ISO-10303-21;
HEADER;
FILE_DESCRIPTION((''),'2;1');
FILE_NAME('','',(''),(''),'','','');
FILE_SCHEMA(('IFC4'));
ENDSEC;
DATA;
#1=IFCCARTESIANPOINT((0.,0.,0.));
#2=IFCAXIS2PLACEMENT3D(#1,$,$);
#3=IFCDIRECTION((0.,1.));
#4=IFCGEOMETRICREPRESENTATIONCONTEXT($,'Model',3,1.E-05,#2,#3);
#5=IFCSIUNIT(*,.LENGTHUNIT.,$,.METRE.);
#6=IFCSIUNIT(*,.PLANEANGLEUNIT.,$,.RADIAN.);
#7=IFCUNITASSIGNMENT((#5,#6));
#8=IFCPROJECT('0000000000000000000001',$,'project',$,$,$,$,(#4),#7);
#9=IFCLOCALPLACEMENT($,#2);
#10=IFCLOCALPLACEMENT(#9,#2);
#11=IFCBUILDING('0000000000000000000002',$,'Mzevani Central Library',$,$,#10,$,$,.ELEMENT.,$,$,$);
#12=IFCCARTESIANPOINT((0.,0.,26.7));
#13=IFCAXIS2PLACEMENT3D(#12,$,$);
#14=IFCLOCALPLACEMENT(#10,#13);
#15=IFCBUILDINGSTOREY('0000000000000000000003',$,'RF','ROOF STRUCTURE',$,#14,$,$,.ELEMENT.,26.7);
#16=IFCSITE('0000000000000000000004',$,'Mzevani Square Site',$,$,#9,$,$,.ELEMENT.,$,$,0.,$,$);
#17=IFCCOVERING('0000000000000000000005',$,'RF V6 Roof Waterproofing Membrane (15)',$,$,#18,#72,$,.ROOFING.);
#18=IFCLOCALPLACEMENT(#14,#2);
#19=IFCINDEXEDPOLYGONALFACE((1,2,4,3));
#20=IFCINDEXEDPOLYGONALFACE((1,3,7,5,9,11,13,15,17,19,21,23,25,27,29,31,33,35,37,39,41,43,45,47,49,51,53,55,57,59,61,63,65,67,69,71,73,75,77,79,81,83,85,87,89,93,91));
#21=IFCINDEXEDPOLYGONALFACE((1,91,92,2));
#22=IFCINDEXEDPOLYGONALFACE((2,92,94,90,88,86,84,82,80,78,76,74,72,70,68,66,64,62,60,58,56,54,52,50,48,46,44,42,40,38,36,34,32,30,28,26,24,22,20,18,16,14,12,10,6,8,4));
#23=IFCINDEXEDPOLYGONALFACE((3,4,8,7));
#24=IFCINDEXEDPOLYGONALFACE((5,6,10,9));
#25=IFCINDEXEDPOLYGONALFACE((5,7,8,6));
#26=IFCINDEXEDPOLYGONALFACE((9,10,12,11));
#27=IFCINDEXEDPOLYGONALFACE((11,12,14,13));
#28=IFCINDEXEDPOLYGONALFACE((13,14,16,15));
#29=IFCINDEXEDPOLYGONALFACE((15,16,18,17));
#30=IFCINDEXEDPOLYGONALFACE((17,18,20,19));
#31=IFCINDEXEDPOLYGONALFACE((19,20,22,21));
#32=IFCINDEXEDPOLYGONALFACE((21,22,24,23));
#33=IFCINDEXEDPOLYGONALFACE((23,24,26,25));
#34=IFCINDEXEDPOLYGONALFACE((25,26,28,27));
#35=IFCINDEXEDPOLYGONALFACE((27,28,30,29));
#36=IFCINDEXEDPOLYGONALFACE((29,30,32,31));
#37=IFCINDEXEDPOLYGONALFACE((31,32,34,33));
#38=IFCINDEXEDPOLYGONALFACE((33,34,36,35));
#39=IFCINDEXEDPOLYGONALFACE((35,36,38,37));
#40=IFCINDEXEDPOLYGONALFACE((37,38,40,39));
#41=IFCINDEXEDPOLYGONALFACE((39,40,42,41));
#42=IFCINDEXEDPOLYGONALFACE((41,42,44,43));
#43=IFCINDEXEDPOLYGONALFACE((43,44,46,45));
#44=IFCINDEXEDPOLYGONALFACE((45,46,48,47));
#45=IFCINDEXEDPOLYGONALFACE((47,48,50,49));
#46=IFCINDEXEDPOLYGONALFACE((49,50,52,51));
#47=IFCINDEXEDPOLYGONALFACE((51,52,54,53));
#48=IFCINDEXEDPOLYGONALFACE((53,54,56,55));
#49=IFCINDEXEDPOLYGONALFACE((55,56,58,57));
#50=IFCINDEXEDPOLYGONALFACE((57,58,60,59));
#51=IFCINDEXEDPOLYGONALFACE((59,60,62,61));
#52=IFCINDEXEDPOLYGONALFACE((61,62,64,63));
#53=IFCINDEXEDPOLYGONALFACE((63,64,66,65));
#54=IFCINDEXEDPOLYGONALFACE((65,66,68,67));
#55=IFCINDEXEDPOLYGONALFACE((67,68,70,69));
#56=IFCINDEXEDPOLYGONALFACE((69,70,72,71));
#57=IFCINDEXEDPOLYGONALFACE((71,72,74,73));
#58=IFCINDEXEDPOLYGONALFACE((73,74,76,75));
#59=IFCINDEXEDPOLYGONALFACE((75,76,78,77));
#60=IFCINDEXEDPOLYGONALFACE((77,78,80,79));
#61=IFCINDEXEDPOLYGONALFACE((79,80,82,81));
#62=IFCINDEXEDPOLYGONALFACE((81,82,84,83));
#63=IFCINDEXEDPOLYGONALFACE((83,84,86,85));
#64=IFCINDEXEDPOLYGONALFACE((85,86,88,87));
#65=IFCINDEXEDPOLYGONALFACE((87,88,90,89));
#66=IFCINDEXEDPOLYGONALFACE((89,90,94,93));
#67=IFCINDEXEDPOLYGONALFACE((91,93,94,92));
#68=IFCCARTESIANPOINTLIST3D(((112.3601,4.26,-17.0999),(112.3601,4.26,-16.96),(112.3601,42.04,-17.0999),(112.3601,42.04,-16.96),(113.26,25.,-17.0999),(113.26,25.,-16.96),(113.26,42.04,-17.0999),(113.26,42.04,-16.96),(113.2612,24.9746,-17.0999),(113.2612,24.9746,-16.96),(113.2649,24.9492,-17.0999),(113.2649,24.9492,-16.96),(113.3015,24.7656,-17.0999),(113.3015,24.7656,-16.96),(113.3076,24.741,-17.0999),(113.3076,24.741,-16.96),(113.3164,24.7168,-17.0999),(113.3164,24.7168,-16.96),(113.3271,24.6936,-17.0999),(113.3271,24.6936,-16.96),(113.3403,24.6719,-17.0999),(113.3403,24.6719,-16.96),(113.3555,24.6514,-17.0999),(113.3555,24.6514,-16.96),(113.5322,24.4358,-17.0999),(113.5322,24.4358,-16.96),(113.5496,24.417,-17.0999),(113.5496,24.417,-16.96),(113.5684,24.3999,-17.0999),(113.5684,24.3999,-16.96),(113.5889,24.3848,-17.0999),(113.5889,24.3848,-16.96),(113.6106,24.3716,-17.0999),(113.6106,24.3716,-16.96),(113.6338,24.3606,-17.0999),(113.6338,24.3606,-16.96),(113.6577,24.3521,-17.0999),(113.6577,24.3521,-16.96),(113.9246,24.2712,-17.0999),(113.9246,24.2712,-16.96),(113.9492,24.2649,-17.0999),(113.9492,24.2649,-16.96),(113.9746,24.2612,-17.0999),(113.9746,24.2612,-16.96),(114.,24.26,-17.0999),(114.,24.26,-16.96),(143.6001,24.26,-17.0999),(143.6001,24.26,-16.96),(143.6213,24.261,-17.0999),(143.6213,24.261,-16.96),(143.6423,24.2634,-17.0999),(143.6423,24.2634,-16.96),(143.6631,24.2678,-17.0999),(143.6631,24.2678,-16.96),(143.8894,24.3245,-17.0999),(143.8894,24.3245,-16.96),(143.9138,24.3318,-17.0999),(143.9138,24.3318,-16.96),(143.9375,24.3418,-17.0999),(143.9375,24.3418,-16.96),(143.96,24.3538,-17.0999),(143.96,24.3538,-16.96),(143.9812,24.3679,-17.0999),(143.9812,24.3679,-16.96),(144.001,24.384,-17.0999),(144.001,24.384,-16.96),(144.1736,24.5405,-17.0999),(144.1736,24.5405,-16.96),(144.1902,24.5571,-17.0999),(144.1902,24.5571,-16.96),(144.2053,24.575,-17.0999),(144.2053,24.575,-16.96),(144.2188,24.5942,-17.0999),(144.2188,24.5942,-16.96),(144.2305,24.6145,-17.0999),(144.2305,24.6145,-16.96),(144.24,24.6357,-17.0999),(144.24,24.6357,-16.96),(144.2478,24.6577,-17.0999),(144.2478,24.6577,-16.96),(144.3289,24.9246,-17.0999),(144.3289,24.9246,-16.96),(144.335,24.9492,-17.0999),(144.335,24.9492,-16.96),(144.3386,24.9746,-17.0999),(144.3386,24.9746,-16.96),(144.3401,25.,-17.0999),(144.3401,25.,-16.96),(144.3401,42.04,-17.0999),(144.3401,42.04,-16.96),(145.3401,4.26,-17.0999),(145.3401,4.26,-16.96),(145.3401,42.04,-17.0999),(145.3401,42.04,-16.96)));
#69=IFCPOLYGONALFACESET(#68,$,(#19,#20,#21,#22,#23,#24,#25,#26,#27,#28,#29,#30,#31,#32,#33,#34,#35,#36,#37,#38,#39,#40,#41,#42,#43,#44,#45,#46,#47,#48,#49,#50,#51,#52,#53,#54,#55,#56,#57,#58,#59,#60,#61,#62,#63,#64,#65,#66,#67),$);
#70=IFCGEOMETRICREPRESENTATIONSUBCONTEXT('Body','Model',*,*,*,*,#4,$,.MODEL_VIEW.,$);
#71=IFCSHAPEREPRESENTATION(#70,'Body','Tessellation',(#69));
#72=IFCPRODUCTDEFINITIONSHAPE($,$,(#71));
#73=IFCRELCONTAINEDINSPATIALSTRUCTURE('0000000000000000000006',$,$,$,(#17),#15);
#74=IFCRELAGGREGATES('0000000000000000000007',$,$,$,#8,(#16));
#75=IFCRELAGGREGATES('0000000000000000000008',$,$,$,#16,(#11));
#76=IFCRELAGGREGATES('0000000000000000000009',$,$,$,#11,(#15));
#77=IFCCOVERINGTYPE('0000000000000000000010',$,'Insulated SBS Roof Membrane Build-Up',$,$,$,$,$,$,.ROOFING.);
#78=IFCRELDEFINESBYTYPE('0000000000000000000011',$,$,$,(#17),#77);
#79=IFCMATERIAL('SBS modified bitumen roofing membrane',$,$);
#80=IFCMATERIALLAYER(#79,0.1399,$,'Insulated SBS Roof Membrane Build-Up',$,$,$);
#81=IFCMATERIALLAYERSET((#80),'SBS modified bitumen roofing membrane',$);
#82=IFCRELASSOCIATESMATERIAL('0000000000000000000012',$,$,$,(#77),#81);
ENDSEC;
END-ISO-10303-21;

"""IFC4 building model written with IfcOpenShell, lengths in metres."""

from ifc_helpers import new_model, si_unit, direction, frame, origin, place, context, subcontext, project, spatial, polyline, outline, extrude, material, layer, layer_set, type_object, element, save


model = new_model("IFC4")

# Units and contexts
model_context = context("Model", 3, precision=1e-05, world=origin(), true_north=direction((0.0, 1.0)))
body_context = subcontext(model_context, "Body", "Model", "MODEL_VIEW")
ifc_project = project(units=[si_unit("LENGTHUNIT", "METRE"), si_unit("PLANEANGLEUNIT", "RADIAN")], contexts=[model_context])

# Site, building, storey
site_placement = place(None, origin())
site = spatial("IfcSite", under=ifc_project, at=site_placement, Name="Mzevani Square Site", CompositionType="ELEMENT", RefElevation=0.0)
building_placement = place(site_placement, origin())
building = spatial("IfcBuilding", under=site, at=building_placement, Name="Mzevani Central Library", CompositionType="ELEMENT")
storey_placement = place(building_placement, frame((0.0, 0.0, 26.7)))
storey = spatial("IfcBuildingStorey", under=building, at=storey_placement, Name="RF", Description="ROOF STRUCTURE", CompositionType="ELEMENT", Elevation=26.7)

# Covering
ifc_material_1 = material(Name="SBS modified bitumen roofing membrane")
ifc_layer_1 = layer(ifc_material_1, 0.1399, Name="Insulated SBS Roof Membrane Build-Up")
ifc_layer_set_1 = layer_set([ifc_layer_1], Name="SBS modified bitumen roofing membrane")
covering_type = type_object("IfcCoveringType", Name="Insulated SBS Roof Membrane Build-Up", PredefinedType="ROOFING", material=ifc_layer_set_1)
covering_1_placement = place(storey_placement, frame((0.0, 0.0, -17.0999)))
element("IfcCovering", 1, at=covering_1_placement, inside=storey, type_object=covering_type, Name="RF V6 Roof Waterproofing Membrane (15)", PredefinedType="ROOFING", context=body_context, shape_type="SweptSolid", body=[
    extrude(outline(polyline([(113.3015, 24.7656), (113.3076, 24.741), (113.3164, 24.7168), (113.3271, 24.6936), (113.3403, 24.6719), (113.3555, 24.6514), (113.5322, 24.4358), (113.5496, 24.417), (113.5684, 24.3999), (113.5889, 24.3848), (113.6106, 24.3716), (113.6338, 24.3606), (113.6577, 24.3521), (113.9246, 24.2712), (113.9492, 24.2649), (113.9746, 24.2612), (114.0, 24.26), (143.6001, 24.26), (143.6213, 24.261), (143.6423, 24.2634), (143.6631, 24.2678), (143.8894, 24.3245), (143.9138, 24.3318), (143.9375, 24.3418), (143.96, 24.3538), (143.9812, 24.3679), (144.001, 24.384), (144.1736, 24.5405), (144.1902, 24.5571), (144.2053, 24.575), (144.2188, 24.5942), (144.2305, 24.6145), (144.24, 24.6357), (144.2478, 24.6577), (144.3289, 24.9246), (144.335, 24.9492), (144.3386, 24.9746), (144.3401, 25.0), (144.3401, 42.04), (145.3401, 42.04), (145.3401, 4.26), (112.3601, 4.26), (112.3601, 42.04), (113.26, 42.04), (113.26, 25.0), (113.2612, 24.9746), (113.2649, 24.9492), (113.3015, 24.7656)])), origin(), (0.0, 0.0, 1.0), 0.1399),
])

save(model, "model.ifc")
